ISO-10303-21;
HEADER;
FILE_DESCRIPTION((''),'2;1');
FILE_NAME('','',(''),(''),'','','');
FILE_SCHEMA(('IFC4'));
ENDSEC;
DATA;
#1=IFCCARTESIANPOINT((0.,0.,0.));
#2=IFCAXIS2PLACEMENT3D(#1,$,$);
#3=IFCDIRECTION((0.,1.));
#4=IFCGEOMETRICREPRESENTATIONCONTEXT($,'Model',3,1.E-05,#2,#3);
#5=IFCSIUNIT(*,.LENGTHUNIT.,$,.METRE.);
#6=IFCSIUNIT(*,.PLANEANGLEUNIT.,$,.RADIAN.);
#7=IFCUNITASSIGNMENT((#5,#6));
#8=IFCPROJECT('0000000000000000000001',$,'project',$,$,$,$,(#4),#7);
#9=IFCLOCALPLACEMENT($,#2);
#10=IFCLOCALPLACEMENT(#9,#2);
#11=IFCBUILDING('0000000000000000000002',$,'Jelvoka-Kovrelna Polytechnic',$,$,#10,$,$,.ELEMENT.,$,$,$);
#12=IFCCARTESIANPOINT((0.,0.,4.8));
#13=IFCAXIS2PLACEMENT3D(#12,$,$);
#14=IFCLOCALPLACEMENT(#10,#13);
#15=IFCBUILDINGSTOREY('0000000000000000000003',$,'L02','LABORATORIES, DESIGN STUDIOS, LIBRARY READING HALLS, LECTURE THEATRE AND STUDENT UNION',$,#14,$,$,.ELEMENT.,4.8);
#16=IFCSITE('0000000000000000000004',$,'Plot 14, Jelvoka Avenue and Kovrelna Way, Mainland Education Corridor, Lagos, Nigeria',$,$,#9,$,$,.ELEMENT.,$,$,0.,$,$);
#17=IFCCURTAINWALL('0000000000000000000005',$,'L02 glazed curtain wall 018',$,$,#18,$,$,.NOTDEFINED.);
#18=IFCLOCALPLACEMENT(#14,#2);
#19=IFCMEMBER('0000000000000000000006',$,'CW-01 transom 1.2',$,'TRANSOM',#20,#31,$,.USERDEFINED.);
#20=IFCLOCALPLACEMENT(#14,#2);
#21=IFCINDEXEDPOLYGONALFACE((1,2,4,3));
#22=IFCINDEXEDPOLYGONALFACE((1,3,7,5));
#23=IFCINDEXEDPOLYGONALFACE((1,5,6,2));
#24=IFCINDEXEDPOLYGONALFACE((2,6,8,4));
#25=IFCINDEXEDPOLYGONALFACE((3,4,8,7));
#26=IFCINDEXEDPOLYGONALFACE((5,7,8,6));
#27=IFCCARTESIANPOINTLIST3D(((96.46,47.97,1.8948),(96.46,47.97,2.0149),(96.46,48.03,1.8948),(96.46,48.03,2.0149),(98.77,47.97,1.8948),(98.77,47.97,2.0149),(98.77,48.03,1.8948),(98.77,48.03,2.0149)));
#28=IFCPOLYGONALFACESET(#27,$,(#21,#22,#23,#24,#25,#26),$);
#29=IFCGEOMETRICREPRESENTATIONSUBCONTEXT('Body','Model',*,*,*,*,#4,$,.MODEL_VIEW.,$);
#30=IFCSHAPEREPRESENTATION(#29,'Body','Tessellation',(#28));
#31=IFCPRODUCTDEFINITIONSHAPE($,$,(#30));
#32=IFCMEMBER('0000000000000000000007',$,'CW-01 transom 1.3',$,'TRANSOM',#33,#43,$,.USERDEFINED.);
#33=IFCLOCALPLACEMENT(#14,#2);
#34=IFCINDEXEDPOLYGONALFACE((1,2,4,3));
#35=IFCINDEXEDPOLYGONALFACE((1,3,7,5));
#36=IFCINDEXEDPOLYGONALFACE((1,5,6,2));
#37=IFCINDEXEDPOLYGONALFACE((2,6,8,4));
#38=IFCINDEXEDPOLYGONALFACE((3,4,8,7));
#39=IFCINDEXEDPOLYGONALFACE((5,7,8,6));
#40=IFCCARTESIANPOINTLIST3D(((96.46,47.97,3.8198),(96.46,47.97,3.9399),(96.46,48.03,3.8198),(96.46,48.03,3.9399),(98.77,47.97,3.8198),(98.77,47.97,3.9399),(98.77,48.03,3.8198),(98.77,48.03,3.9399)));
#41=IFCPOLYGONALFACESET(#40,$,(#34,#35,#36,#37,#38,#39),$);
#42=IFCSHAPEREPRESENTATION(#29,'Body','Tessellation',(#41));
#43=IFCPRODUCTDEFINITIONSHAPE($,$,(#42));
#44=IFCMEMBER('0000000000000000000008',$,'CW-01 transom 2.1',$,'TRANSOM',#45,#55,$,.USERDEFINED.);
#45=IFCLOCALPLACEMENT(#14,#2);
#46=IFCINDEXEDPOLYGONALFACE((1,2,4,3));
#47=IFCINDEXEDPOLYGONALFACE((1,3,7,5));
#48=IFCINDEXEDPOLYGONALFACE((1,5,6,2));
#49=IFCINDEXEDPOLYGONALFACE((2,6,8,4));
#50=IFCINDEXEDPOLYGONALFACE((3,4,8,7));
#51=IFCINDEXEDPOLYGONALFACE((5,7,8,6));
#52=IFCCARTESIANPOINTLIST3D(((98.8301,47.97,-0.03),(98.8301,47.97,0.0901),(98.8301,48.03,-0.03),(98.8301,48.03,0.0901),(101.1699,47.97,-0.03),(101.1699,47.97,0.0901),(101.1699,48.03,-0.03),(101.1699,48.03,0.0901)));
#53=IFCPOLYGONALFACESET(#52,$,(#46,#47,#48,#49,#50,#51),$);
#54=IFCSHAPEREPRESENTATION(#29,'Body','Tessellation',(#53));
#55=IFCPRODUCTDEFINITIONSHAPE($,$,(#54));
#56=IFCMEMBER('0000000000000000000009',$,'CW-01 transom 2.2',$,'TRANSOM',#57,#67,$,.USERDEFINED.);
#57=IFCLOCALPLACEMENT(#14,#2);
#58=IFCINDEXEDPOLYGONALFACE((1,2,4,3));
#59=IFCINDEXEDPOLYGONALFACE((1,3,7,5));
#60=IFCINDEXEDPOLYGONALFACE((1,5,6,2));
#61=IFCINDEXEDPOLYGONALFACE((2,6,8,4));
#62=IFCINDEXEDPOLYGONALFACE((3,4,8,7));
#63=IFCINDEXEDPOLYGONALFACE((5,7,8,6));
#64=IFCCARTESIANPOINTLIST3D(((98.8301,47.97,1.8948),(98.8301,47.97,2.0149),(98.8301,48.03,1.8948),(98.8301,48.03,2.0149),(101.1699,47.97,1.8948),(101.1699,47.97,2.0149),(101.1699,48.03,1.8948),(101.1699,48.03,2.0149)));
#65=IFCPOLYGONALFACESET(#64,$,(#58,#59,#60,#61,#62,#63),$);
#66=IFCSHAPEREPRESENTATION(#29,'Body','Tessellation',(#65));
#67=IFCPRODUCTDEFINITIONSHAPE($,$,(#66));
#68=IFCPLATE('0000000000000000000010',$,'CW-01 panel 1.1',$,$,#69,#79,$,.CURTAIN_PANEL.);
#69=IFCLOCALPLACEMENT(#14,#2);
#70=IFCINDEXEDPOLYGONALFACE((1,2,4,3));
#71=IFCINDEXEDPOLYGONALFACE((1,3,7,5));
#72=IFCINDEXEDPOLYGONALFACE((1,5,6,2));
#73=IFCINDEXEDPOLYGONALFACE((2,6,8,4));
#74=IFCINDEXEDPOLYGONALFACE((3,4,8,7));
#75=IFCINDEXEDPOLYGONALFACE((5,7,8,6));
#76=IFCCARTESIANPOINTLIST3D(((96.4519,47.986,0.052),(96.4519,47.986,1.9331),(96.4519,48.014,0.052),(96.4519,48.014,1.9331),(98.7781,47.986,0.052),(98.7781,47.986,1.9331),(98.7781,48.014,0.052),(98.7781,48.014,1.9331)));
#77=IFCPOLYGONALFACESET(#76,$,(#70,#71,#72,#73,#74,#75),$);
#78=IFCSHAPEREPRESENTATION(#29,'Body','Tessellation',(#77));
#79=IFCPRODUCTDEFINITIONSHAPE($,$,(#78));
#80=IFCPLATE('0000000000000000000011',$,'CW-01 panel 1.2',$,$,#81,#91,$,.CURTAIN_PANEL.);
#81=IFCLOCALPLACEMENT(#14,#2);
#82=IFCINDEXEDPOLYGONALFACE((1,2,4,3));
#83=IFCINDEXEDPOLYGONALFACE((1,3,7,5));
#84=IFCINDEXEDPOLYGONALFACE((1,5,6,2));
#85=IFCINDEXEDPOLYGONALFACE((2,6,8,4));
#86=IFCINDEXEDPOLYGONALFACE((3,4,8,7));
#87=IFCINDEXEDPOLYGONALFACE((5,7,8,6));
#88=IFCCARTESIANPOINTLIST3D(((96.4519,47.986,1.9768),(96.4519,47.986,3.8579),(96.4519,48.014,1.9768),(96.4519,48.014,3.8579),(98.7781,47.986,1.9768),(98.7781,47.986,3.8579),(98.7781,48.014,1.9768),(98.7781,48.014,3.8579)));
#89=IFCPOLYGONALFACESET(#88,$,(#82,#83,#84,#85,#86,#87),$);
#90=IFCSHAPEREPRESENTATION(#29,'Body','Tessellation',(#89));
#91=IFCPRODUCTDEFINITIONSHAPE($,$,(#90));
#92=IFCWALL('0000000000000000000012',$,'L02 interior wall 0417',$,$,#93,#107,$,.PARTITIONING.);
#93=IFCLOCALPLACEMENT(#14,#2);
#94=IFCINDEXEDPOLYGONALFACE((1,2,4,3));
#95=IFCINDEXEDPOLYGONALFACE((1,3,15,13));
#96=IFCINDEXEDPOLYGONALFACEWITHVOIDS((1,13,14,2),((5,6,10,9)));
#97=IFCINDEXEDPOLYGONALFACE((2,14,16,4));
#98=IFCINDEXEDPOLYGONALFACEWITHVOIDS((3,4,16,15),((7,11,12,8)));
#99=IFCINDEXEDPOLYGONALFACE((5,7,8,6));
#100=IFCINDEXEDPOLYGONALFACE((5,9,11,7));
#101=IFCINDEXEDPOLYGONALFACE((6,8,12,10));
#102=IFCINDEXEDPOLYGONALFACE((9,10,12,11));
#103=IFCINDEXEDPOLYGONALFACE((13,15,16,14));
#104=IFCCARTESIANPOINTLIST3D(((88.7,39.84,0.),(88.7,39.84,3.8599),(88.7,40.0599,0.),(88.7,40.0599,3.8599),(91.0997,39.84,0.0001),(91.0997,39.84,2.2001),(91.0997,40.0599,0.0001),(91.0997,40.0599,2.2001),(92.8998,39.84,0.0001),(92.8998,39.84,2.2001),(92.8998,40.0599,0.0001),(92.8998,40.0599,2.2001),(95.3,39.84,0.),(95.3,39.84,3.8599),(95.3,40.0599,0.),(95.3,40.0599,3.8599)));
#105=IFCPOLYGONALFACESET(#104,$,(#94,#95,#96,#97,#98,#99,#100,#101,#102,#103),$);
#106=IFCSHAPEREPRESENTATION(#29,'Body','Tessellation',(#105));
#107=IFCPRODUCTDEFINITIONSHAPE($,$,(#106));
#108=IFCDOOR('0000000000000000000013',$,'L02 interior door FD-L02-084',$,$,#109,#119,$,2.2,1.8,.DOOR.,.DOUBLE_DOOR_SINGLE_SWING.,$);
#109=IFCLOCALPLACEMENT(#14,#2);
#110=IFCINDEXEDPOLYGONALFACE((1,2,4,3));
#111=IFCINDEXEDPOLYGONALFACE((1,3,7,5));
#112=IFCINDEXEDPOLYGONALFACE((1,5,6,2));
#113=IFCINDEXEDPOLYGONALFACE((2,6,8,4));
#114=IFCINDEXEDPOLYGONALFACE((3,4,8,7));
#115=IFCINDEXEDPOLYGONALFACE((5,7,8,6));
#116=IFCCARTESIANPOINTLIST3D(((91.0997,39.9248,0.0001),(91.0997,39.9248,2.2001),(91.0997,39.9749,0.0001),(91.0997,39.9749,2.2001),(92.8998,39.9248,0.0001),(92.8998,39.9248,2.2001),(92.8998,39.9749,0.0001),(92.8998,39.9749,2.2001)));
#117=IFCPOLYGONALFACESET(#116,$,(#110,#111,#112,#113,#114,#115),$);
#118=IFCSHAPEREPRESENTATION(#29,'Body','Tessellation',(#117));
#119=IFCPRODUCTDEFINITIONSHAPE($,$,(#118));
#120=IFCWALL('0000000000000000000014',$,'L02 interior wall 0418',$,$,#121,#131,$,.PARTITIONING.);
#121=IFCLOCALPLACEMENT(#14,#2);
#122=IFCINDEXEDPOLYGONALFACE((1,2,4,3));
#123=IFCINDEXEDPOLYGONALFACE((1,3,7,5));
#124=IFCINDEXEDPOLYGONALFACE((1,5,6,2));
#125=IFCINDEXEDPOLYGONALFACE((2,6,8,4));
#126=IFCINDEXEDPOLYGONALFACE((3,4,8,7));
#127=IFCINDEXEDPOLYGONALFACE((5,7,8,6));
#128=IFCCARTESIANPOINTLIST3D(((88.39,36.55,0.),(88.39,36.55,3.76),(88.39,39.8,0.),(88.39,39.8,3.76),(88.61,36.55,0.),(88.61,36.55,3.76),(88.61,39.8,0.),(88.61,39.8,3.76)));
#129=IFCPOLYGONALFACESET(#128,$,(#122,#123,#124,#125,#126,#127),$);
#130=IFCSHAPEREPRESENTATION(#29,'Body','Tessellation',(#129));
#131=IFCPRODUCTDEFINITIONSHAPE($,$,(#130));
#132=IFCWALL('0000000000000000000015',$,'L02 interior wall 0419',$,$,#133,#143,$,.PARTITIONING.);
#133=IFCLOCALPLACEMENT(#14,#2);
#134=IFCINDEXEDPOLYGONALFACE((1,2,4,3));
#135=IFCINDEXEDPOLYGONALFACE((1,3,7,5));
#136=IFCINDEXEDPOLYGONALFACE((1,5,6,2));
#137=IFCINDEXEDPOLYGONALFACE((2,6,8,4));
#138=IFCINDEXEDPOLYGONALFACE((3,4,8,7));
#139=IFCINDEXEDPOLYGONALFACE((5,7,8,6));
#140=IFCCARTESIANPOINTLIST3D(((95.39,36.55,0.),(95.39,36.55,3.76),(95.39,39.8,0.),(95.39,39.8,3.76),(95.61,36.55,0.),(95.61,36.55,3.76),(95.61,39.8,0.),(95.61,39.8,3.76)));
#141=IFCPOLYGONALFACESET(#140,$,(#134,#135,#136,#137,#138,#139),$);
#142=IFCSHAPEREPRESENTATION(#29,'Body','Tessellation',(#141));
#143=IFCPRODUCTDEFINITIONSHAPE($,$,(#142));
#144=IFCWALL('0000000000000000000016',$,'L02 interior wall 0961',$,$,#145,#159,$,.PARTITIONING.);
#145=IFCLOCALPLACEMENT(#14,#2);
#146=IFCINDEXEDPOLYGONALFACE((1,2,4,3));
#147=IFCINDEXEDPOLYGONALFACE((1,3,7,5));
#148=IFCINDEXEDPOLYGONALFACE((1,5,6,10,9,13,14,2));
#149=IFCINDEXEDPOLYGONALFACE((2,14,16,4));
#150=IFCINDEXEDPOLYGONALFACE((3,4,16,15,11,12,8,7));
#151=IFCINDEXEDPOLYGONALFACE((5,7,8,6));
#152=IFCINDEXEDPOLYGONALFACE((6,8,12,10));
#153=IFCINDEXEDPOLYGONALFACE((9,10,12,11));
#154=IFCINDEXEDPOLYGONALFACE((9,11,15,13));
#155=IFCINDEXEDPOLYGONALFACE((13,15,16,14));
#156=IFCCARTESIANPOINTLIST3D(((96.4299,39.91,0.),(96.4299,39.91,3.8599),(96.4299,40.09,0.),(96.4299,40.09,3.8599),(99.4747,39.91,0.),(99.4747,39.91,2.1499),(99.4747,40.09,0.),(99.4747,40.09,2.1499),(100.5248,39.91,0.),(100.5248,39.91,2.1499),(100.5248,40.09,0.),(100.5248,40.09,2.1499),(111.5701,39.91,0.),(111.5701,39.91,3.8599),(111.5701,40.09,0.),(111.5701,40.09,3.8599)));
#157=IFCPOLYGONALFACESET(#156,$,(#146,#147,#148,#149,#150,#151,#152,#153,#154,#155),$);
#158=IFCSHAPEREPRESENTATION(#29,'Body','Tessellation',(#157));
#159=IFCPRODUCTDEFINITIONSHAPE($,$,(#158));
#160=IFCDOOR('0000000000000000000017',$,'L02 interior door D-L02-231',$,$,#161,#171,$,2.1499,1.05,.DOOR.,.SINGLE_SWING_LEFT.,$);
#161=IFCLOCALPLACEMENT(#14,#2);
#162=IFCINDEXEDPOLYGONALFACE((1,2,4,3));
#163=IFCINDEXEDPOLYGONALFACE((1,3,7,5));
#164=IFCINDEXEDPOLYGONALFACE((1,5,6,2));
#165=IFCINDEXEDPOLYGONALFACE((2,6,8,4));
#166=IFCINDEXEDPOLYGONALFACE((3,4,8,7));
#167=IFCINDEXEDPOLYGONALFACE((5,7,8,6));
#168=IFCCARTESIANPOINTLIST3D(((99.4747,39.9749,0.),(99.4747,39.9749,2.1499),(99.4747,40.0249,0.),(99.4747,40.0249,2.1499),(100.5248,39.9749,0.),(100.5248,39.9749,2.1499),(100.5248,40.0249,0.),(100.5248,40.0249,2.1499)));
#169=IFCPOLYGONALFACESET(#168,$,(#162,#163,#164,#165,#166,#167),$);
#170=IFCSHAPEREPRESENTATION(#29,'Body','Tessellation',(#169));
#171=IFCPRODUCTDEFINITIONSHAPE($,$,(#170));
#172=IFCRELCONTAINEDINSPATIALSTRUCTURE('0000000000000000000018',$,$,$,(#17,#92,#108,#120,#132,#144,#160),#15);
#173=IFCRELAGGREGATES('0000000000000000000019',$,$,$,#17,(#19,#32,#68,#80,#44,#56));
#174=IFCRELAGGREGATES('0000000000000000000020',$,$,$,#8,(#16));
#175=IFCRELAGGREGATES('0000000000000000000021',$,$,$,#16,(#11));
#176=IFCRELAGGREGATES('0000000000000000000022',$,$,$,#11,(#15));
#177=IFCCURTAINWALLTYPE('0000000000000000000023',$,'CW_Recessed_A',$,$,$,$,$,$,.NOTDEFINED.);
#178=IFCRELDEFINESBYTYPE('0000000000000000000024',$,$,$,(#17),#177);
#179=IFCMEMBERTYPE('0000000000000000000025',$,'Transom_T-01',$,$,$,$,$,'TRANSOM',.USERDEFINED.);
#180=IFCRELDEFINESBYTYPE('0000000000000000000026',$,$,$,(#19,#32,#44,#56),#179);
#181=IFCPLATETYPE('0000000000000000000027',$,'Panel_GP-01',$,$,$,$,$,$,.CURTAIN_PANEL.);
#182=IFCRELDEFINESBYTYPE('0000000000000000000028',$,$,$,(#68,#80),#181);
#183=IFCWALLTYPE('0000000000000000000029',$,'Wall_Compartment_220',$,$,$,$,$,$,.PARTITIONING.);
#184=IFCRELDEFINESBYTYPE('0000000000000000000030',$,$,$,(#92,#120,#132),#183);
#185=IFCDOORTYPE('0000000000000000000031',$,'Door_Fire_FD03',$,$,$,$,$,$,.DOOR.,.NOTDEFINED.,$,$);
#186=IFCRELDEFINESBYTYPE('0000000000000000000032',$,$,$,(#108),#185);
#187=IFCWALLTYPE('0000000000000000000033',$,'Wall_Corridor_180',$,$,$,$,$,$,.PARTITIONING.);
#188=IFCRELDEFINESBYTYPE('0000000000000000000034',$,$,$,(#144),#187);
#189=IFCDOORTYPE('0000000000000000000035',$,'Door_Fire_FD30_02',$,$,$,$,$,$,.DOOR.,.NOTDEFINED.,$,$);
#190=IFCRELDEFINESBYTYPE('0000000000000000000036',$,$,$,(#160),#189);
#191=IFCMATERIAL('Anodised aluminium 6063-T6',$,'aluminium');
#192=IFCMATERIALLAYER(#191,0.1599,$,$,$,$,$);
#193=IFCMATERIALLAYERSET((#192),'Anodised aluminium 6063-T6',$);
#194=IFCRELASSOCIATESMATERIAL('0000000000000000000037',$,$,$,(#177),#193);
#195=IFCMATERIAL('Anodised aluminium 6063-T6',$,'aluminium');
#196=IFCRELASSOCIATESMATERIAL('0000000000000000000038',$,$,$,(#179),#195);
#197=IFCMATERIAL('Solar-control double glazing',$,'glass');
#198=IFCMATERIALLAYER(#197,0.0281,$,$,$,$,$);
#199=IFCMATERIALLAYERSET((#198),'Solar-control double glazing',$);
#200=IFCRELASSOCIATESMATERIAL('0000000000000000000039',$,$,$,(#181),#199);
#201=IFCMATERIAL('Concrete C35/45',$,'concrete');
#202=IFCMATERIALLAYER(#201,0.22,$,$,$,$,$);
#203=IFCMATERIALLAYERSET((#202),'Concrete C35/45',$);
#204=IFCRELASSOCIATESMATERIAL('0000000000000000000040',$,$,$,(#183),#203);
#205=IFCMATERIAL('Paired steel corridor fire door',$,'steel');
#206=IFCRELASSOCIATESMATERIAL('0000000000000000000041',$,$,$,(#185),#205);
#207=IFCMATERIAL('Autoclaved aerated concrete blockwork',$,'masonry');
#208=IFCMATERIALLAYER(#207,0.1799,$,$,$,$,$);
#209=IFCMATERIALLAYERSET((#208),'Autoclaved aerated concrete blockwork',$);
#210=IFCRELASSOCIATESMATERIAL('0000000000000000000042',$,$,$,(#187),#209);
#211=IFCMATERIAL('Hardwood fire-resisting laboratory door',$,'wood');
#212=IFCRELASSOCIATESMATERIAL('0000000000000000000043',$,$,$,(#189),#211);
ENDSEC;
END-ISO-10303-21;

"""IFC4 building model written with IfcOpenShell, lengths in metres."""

from ifc_helpers import new_model, si_unit, direction, frame, frame_2d, origin, origin_2d, place, context, subcontext, project, spatial, rectangle, extrude, material, layer, layer_set, material_profile, profile_set, type_object, element, fill, aggregate, save


model = new_model("IFC4")

# Units and contexts
model_context = context("Model", 3, precision=1e-05, world=origin(), true_north=direction((0.0, 1.0)))
body_context = subcontext(model_context, "Body", "Model", "MODEL_VIEW")
ifc_project = project(units=[si_unit("LENGTHUNIT", "METRE"), si_unit("PLANEANGLEUNIT", "RADIAN")], contexts=[model_context])

# Site, building, storey
site_placement = place(None, origin())
site = spatial("IfcSite", under=ifc_project, at=site_placement, Name="Plot 14, Jelvoka Avenue and Kovrelna Way, Mainland Education Corridor, Lagos, Nigeria", CompositionType="ELEMENT", RefElevation=0.0)
building_placement = place(site_placement, origin())
building = spatial("IfcBuilding", under=site, at=building_placement, Name="Jelvoka-Kovrelna Polytechnic", CompositionType="ELEMENT")
storey_placement = place(building_placement, frame((0.0, 0.0, 4.8)))
storey = spatial("IfcBuildingStorey", under=building, at=storey_placement, Name="L02", Description="LABORATORIES, DESIGN STUDIOS, LIBRARY READING HALLS, LECTURE THEATRE AND STUDENT UNION", CompositionType="ELEMENT", Elevation=4.8)

# Curtain wall
ifc_material_1 = material(Name="Anodised aluminium 6063-T6", Category="aluminium")
ifc_layer_1 = layer(ifc_material_1, 0.1599)
ifc_layer_set_1 = layer_set([ifc_layer_1], Name="Anodised aluminium 6063-T6")
curtain_wall_type = type_object("IfcCurtainWallType", Name="CW_Recessed_A", PredefinedType="NOTDEFINED", material=ifc_layer_set_1)
curtain_wall_placement = place(storey_placement, origin())
curtain_wall = element("IfcCurtainWall", 1, at=curtain_wall_placement, inside=storey, type_object=curtain_wall_type, Name="L02 glazed curtain wall 018", PredefinedType="NOTDEFINED")

# Members
ifc_material_2 = material(Name="Anodised aluminium 6063-T6", Category="aluminium")
ifc_material_profile_1 = material_profile(ifc_material_2, rectangle(XDim=0.0601, YDim=0.1201, at=origin_2d()), Name="ALU 60x120")
ifc_profile_set_1 = profile_set([ifc_material_profile_1], Name="Anodised aluminium 6063-T6")
member_type_1 = type_object("IfcMemberType", Name="Transom_T-01", ElementType="TRANSOM", PredefinedType="USERDEFINED", material=ifc_profile_set_1)
member_1_placement = place(storey_placement, frame((96.46, 48.0, 1.9548), z_axis=(1.0, 0.0, 0.0), x_axis=(0.0, 1.0, 0.0)))
member_1 = element("IfcMember", 2, at=member_1_placement, type_object=member_type_1, Name="CW-01 transom 1.2", ObjectType="TRANSOM", PredefinedType="USERDEFINED", context=body_context, shape_type="SweptSolid", body=[
    extrude(rectangle(XDim=0.0601, YDim=0.1201, at=origin_2d()), origin(), (0.0, 0.0, 1.0), 2.3101),
])
member_2_placement = place(storey_placement, frame((96.46, 48.0, 3.8799), z_axis=(1.0, 0.0, 0.0), x_axis=(0.0, 1.0, 0.0)))
member_2 = element("IfcMember", 3, at=member_2_placement, type_object=member_type_1, Name="CW-01 transom 1.3", ObjectType="TRANSOM", PredefinedType="USERDEFINED", context=body_context, shape_type="SweptSolid", body=[
    extrude(rectangle(XDim=0.0601, YDim=0.1201, at=origin_2d()), origin(), (0.0, 0.0, 1.0), 2.3101),
])
member_3_placement = place(storey_placement, frame((98.8301, 48.0, 0.03), z_axis=(1.0, 0.0, 0.0), x_axis=(0.0, 1.0, 0.0)))
member_3 = element("IfcMember", 4, at=member_3_placement, type_object=member_type_1, Name="CW-01 transom 2.1", ObjectType="TRANSOM", PredefinedType="USERDEFINED", context=body_context, shape_type="SweptSolid", body=[
    extrude(rectangle(XDim=0.0601, YDim=0.1201, at=origin_2d()), origin(), (0.0, 0.0, 1.0), 2.3398),
])
member_4_placement = place(storey_placement, frame((98.8301, 48.0, 1.9548), z_axis=(1.0, 0.0, 0.0), x_axis=(0.0, 1.0, 0.0)))
member_4 = element("IfcMember", 5, at=member_4_placement, type_object=member_type_1, Name="CW-01 transom 2.2", ObjectType="TRANSOM", PredefinedType="USERDEFINED", context=body_context, shape_type="SweptSolid", body=[
    extrude(rectangle(XDim=0.0601, YDim=0.1201, at=origin_2d()), origin(), (0.0, 0.0, 1.0), 2.3398),
])

# Plates
ifc_material_3 = material(Name="Solar-control double glazing", Category="glass")
ifc_layer_2 = layer(ifc_material_3, 0.0281)
ifc_layer_set_2 = layer_set([ifc_layer_2], Name="Solar-control double glazing")
plate_type = type_object("IfcPlateType", Name="Panel_GP-01", PredefinedType="CURTAIN_PANEL", material=ifc_layer_set_2)
plate_1_placement = place(storey_placement, frame((97.615, 48.0, 0.052), z_axis=(0.0, 0.0, 1.0), x_axis=(1.0, 0.0, 0.0)))
plate_1 = element("IfcPlate", 6, at=plate_1_placement, type_object=plate_type, Name="CW-01 panel 1.1", PredefinedType="CURTAIN_PANEL", context=body_context, shape_type="SweptSolid", body=[
    extrude(rectangle(XDim=2.3262, YDim=0.0281, at=origin_2d()), origin(), (0.0, 0.0, 1.0), 1.8811),
])
plate_2_placement = place(storey_placement, frame((97.615, 48.0, 1.9768), z_axis=(0.0, 0.0, 1.0), x_axis=(1.0, 0.0, 0.0)))
plate_2 = element("IfcPlate", 7, at=plate_2_placement, type_object=plate_type, Name="CW-01 panel 1.2", PredefinedType="CURTAIN_PANEL", context=body_context, shape_type="SweptSolid", body=[
    extrude(rectangle(XDim=2.3262, YDim=0.0281, at=origin_2d()), origin(), (0.0, 0.0, 1.0), 1.8811),
])
aggregate(curtain_wall, [member_1, member_2, plate_1, plate_2, member_3, member_4])

# Wall, opening, door
ifc_material_4 = material(Name="Concrete C35/45", Category="concrete")
ifc_layer_3 = layer(ifc_material_4, 0.22)
ifc_layer_set_3 = layer_set([ifc_layer_3], Name="Concrete C35/45")
wall_type_1 = type_object("IfcWallType", Name="Wall_Compartment_220", PredefinedType="PARTITIONING", material=ifc_layer_set_3)
wall_1_placement = place(storey_placement, frame((88.7, 39.95, 0.0), z_axis=(0.0, 0.0, 1.0), x_axis=(1.0, 0.0, 0.0)))
wall_1 = element("IfcWall", 8, at=wall_1_placement, inside=storey, type_object=wall_type_1, Name="L02 interior wall 0417", PredefinedType="PARTITIONING", context=body_context, shape_type="SweptSolid", body=[
    extrude(rectangle(XDim=6.6001, YDim=0.22, at=frame_2d((3.3, 0.0))), origin(), (0.0, 0.0, 1.0), 3.8599),
])
opening_1_placement = place(wall_1_placement, frame((2.3999, 0.0, 0.0)))
opening_1 = element("IfcOpeningElement", 9, at=opening_1_placement, cuts=wall_1, PredefinedType="OPENING", context=body_context, shape_type="SweptSolid", body=[
    extrude(rectangle(XDim=1.8, YDim=2.2, at=frame_2d((0.8999, 1.1001))), frame((0.0, 0.1199, 0.0), z_axis=(0.0, -1.0, 0.0), x_axis=(1.0, 0.0, 0.0)), (0.0, 0.0, 1.0), 0.24),
])
ifc_material_5 = material(Name="Paired steel corridor fire door", Category="steel")
door_type_1 = type_object("IfcDoorType", Name="Door_Fire_FD03", OperationType="NOTDEFINED", PredefinedType="DOOR", material=ifc_material_5)
door_1_placement = place(opening_1_placement, origin())
door_1 = element("IfcDoor", 10, at=door_1_placement, inside=storey, type_object=door_type_1, Name="L02 interior door FD-L02-084", OperationType="DOUBLE_DOOR_SINGLE_SWING", OverallHeight=2.2, OverallWidth=1.8, PredefinedType="DOOR", context=body_context, shape_type="SweptSolid", body=[
    extrude(rectangle(XDim=1.8, YDim=2.2, at=frame_2d((0.8999, 1.1001))), frame((0.0, 0.0249, 0.0), z_axis=(0.0, -1.0, 0.0), x_axis=(1.0, 0.0, 0.0)), (0.0, 0.0, 1.0), 0.05),
])
fill(opening_1, door_1)

# Walls
for number, where, z_axis, x_axis, name in (
    (11, (88.5, 36.55, 0.0), (0.0, 0.0, 1.0), (0.0, 1.0, 0.0), "L02 interior wall 0418"),
    (12, (95.5, 36.55, 0.0), (0.0, 0.0, 1.0), (0.0, 1.0, 0.0), "L02 interior wall 0419"),
):
    element("IfcWall", number, at=place(storey_placement, frame(where, z_axis=z_axis, x_axis=x_axis)), inside=storey, type_object=wall_type_1, Name=name, PredefinedType="PARTITIONING", context=body_context, shape_type="SweptSolid", body=[
        extrude(rectangle(XDim=3.25, YDim=0.22, at=frame_2d((1.625, 0.0))), origin(), (0.0, 0.0, 1.0), 3.76),
    ])

# Wall, opening, door
ifc_material_6 = material(Name="Autoclaved aerated concrete blockwork", Category="masonry")
ifc_layer_4 = layer(ifc_material_6, 0.1799)
ifc_layer_set_4 = layer_set([ifc_layer_4], Name="Autoclaved aerated concrete blockwork")
wall_type_2 = type_object("IfcWallType", Name="Wall_Corridor_180", PredefinedType="PARTITIONING", material=ifc_layer_set_4)
wall_2_placement = place(storey_placement, frame((96.4299, 40.0, 0.0), z_axis=(0.0, 0.0, 1.0), x_axis=(1.0, 0.0, 0.0)))
wall_2 = element("IfcWall", 13, at=wall_2_placement, inside=storey, type_object=wall_type_2, Name="L02 interior wall 0961", PredefinedType="PARTITIONING", context=body_context, shape_type="SweptSolid", body=[
    extrude(rectangle(XDim=15.1401, YDim=0.1799, at=frame_2d((7.5701, 0.0))), origin(), (0.0, 0.0, 1.0), 3.8599),
])
opening_2_placement = place(wall_2_placement, frame((3.0449, 0.0, 0.0)))
opening_2 = element("IfcOpeningElement", 14, at=opening_2_placement, cuts=wall_2, PredefinedType="OPENING", context=body_context, shape_type="SweptSolid", body=[
    extrude(rectangle(XDim=1.05, YDim=2.1499, at=frame_2d((0.5249, 1.075))), frame((0.0, 0.0999, 0.0), z_axis=(0.0, -1.0, 0.0), x_axis=(1.0, 0.0, 0.0)), (0.0, 0.0, 1.0), 0.2),
])
ifc_material_7 = material(Name="Hardwood fire-resisting laboratory door", Category="wood")
door_type_2 = type_object("IfcDoorType", Name="Door_Fire_FD30_02", OperationType="NOTDEFINED", PredefinedType="DOOR", material=ifc_material_7)
door_2_placement = place(opening_2_placement, origin())
door_2 = element("IfcDoor", 15, at=door_2_placement, inside=storey, type_object=door_type_2, Name="L02 interior door D-L02-231", OperationType="SINGLE_SWING_LEFT", OverallHeight=2.1499, OverallWidth=1.05, PredefinedType="DOOR", context=body_context, shape_type="SweptSolid", body=[
    extrude(rectangle(XDim=1.05, YDim=2.1499, at=frame_2d((0.5249, 1.075))), frame((0.0, 0.0249, 0.0), z_axis=(0.0, -1.0, 0.0), x_axis=(1.0, 0.0, 0.0)), (0.0, 0.0, 1.0), 0.05),
])
fill(opening_2, door_2)

save(model, "model.ifc")
